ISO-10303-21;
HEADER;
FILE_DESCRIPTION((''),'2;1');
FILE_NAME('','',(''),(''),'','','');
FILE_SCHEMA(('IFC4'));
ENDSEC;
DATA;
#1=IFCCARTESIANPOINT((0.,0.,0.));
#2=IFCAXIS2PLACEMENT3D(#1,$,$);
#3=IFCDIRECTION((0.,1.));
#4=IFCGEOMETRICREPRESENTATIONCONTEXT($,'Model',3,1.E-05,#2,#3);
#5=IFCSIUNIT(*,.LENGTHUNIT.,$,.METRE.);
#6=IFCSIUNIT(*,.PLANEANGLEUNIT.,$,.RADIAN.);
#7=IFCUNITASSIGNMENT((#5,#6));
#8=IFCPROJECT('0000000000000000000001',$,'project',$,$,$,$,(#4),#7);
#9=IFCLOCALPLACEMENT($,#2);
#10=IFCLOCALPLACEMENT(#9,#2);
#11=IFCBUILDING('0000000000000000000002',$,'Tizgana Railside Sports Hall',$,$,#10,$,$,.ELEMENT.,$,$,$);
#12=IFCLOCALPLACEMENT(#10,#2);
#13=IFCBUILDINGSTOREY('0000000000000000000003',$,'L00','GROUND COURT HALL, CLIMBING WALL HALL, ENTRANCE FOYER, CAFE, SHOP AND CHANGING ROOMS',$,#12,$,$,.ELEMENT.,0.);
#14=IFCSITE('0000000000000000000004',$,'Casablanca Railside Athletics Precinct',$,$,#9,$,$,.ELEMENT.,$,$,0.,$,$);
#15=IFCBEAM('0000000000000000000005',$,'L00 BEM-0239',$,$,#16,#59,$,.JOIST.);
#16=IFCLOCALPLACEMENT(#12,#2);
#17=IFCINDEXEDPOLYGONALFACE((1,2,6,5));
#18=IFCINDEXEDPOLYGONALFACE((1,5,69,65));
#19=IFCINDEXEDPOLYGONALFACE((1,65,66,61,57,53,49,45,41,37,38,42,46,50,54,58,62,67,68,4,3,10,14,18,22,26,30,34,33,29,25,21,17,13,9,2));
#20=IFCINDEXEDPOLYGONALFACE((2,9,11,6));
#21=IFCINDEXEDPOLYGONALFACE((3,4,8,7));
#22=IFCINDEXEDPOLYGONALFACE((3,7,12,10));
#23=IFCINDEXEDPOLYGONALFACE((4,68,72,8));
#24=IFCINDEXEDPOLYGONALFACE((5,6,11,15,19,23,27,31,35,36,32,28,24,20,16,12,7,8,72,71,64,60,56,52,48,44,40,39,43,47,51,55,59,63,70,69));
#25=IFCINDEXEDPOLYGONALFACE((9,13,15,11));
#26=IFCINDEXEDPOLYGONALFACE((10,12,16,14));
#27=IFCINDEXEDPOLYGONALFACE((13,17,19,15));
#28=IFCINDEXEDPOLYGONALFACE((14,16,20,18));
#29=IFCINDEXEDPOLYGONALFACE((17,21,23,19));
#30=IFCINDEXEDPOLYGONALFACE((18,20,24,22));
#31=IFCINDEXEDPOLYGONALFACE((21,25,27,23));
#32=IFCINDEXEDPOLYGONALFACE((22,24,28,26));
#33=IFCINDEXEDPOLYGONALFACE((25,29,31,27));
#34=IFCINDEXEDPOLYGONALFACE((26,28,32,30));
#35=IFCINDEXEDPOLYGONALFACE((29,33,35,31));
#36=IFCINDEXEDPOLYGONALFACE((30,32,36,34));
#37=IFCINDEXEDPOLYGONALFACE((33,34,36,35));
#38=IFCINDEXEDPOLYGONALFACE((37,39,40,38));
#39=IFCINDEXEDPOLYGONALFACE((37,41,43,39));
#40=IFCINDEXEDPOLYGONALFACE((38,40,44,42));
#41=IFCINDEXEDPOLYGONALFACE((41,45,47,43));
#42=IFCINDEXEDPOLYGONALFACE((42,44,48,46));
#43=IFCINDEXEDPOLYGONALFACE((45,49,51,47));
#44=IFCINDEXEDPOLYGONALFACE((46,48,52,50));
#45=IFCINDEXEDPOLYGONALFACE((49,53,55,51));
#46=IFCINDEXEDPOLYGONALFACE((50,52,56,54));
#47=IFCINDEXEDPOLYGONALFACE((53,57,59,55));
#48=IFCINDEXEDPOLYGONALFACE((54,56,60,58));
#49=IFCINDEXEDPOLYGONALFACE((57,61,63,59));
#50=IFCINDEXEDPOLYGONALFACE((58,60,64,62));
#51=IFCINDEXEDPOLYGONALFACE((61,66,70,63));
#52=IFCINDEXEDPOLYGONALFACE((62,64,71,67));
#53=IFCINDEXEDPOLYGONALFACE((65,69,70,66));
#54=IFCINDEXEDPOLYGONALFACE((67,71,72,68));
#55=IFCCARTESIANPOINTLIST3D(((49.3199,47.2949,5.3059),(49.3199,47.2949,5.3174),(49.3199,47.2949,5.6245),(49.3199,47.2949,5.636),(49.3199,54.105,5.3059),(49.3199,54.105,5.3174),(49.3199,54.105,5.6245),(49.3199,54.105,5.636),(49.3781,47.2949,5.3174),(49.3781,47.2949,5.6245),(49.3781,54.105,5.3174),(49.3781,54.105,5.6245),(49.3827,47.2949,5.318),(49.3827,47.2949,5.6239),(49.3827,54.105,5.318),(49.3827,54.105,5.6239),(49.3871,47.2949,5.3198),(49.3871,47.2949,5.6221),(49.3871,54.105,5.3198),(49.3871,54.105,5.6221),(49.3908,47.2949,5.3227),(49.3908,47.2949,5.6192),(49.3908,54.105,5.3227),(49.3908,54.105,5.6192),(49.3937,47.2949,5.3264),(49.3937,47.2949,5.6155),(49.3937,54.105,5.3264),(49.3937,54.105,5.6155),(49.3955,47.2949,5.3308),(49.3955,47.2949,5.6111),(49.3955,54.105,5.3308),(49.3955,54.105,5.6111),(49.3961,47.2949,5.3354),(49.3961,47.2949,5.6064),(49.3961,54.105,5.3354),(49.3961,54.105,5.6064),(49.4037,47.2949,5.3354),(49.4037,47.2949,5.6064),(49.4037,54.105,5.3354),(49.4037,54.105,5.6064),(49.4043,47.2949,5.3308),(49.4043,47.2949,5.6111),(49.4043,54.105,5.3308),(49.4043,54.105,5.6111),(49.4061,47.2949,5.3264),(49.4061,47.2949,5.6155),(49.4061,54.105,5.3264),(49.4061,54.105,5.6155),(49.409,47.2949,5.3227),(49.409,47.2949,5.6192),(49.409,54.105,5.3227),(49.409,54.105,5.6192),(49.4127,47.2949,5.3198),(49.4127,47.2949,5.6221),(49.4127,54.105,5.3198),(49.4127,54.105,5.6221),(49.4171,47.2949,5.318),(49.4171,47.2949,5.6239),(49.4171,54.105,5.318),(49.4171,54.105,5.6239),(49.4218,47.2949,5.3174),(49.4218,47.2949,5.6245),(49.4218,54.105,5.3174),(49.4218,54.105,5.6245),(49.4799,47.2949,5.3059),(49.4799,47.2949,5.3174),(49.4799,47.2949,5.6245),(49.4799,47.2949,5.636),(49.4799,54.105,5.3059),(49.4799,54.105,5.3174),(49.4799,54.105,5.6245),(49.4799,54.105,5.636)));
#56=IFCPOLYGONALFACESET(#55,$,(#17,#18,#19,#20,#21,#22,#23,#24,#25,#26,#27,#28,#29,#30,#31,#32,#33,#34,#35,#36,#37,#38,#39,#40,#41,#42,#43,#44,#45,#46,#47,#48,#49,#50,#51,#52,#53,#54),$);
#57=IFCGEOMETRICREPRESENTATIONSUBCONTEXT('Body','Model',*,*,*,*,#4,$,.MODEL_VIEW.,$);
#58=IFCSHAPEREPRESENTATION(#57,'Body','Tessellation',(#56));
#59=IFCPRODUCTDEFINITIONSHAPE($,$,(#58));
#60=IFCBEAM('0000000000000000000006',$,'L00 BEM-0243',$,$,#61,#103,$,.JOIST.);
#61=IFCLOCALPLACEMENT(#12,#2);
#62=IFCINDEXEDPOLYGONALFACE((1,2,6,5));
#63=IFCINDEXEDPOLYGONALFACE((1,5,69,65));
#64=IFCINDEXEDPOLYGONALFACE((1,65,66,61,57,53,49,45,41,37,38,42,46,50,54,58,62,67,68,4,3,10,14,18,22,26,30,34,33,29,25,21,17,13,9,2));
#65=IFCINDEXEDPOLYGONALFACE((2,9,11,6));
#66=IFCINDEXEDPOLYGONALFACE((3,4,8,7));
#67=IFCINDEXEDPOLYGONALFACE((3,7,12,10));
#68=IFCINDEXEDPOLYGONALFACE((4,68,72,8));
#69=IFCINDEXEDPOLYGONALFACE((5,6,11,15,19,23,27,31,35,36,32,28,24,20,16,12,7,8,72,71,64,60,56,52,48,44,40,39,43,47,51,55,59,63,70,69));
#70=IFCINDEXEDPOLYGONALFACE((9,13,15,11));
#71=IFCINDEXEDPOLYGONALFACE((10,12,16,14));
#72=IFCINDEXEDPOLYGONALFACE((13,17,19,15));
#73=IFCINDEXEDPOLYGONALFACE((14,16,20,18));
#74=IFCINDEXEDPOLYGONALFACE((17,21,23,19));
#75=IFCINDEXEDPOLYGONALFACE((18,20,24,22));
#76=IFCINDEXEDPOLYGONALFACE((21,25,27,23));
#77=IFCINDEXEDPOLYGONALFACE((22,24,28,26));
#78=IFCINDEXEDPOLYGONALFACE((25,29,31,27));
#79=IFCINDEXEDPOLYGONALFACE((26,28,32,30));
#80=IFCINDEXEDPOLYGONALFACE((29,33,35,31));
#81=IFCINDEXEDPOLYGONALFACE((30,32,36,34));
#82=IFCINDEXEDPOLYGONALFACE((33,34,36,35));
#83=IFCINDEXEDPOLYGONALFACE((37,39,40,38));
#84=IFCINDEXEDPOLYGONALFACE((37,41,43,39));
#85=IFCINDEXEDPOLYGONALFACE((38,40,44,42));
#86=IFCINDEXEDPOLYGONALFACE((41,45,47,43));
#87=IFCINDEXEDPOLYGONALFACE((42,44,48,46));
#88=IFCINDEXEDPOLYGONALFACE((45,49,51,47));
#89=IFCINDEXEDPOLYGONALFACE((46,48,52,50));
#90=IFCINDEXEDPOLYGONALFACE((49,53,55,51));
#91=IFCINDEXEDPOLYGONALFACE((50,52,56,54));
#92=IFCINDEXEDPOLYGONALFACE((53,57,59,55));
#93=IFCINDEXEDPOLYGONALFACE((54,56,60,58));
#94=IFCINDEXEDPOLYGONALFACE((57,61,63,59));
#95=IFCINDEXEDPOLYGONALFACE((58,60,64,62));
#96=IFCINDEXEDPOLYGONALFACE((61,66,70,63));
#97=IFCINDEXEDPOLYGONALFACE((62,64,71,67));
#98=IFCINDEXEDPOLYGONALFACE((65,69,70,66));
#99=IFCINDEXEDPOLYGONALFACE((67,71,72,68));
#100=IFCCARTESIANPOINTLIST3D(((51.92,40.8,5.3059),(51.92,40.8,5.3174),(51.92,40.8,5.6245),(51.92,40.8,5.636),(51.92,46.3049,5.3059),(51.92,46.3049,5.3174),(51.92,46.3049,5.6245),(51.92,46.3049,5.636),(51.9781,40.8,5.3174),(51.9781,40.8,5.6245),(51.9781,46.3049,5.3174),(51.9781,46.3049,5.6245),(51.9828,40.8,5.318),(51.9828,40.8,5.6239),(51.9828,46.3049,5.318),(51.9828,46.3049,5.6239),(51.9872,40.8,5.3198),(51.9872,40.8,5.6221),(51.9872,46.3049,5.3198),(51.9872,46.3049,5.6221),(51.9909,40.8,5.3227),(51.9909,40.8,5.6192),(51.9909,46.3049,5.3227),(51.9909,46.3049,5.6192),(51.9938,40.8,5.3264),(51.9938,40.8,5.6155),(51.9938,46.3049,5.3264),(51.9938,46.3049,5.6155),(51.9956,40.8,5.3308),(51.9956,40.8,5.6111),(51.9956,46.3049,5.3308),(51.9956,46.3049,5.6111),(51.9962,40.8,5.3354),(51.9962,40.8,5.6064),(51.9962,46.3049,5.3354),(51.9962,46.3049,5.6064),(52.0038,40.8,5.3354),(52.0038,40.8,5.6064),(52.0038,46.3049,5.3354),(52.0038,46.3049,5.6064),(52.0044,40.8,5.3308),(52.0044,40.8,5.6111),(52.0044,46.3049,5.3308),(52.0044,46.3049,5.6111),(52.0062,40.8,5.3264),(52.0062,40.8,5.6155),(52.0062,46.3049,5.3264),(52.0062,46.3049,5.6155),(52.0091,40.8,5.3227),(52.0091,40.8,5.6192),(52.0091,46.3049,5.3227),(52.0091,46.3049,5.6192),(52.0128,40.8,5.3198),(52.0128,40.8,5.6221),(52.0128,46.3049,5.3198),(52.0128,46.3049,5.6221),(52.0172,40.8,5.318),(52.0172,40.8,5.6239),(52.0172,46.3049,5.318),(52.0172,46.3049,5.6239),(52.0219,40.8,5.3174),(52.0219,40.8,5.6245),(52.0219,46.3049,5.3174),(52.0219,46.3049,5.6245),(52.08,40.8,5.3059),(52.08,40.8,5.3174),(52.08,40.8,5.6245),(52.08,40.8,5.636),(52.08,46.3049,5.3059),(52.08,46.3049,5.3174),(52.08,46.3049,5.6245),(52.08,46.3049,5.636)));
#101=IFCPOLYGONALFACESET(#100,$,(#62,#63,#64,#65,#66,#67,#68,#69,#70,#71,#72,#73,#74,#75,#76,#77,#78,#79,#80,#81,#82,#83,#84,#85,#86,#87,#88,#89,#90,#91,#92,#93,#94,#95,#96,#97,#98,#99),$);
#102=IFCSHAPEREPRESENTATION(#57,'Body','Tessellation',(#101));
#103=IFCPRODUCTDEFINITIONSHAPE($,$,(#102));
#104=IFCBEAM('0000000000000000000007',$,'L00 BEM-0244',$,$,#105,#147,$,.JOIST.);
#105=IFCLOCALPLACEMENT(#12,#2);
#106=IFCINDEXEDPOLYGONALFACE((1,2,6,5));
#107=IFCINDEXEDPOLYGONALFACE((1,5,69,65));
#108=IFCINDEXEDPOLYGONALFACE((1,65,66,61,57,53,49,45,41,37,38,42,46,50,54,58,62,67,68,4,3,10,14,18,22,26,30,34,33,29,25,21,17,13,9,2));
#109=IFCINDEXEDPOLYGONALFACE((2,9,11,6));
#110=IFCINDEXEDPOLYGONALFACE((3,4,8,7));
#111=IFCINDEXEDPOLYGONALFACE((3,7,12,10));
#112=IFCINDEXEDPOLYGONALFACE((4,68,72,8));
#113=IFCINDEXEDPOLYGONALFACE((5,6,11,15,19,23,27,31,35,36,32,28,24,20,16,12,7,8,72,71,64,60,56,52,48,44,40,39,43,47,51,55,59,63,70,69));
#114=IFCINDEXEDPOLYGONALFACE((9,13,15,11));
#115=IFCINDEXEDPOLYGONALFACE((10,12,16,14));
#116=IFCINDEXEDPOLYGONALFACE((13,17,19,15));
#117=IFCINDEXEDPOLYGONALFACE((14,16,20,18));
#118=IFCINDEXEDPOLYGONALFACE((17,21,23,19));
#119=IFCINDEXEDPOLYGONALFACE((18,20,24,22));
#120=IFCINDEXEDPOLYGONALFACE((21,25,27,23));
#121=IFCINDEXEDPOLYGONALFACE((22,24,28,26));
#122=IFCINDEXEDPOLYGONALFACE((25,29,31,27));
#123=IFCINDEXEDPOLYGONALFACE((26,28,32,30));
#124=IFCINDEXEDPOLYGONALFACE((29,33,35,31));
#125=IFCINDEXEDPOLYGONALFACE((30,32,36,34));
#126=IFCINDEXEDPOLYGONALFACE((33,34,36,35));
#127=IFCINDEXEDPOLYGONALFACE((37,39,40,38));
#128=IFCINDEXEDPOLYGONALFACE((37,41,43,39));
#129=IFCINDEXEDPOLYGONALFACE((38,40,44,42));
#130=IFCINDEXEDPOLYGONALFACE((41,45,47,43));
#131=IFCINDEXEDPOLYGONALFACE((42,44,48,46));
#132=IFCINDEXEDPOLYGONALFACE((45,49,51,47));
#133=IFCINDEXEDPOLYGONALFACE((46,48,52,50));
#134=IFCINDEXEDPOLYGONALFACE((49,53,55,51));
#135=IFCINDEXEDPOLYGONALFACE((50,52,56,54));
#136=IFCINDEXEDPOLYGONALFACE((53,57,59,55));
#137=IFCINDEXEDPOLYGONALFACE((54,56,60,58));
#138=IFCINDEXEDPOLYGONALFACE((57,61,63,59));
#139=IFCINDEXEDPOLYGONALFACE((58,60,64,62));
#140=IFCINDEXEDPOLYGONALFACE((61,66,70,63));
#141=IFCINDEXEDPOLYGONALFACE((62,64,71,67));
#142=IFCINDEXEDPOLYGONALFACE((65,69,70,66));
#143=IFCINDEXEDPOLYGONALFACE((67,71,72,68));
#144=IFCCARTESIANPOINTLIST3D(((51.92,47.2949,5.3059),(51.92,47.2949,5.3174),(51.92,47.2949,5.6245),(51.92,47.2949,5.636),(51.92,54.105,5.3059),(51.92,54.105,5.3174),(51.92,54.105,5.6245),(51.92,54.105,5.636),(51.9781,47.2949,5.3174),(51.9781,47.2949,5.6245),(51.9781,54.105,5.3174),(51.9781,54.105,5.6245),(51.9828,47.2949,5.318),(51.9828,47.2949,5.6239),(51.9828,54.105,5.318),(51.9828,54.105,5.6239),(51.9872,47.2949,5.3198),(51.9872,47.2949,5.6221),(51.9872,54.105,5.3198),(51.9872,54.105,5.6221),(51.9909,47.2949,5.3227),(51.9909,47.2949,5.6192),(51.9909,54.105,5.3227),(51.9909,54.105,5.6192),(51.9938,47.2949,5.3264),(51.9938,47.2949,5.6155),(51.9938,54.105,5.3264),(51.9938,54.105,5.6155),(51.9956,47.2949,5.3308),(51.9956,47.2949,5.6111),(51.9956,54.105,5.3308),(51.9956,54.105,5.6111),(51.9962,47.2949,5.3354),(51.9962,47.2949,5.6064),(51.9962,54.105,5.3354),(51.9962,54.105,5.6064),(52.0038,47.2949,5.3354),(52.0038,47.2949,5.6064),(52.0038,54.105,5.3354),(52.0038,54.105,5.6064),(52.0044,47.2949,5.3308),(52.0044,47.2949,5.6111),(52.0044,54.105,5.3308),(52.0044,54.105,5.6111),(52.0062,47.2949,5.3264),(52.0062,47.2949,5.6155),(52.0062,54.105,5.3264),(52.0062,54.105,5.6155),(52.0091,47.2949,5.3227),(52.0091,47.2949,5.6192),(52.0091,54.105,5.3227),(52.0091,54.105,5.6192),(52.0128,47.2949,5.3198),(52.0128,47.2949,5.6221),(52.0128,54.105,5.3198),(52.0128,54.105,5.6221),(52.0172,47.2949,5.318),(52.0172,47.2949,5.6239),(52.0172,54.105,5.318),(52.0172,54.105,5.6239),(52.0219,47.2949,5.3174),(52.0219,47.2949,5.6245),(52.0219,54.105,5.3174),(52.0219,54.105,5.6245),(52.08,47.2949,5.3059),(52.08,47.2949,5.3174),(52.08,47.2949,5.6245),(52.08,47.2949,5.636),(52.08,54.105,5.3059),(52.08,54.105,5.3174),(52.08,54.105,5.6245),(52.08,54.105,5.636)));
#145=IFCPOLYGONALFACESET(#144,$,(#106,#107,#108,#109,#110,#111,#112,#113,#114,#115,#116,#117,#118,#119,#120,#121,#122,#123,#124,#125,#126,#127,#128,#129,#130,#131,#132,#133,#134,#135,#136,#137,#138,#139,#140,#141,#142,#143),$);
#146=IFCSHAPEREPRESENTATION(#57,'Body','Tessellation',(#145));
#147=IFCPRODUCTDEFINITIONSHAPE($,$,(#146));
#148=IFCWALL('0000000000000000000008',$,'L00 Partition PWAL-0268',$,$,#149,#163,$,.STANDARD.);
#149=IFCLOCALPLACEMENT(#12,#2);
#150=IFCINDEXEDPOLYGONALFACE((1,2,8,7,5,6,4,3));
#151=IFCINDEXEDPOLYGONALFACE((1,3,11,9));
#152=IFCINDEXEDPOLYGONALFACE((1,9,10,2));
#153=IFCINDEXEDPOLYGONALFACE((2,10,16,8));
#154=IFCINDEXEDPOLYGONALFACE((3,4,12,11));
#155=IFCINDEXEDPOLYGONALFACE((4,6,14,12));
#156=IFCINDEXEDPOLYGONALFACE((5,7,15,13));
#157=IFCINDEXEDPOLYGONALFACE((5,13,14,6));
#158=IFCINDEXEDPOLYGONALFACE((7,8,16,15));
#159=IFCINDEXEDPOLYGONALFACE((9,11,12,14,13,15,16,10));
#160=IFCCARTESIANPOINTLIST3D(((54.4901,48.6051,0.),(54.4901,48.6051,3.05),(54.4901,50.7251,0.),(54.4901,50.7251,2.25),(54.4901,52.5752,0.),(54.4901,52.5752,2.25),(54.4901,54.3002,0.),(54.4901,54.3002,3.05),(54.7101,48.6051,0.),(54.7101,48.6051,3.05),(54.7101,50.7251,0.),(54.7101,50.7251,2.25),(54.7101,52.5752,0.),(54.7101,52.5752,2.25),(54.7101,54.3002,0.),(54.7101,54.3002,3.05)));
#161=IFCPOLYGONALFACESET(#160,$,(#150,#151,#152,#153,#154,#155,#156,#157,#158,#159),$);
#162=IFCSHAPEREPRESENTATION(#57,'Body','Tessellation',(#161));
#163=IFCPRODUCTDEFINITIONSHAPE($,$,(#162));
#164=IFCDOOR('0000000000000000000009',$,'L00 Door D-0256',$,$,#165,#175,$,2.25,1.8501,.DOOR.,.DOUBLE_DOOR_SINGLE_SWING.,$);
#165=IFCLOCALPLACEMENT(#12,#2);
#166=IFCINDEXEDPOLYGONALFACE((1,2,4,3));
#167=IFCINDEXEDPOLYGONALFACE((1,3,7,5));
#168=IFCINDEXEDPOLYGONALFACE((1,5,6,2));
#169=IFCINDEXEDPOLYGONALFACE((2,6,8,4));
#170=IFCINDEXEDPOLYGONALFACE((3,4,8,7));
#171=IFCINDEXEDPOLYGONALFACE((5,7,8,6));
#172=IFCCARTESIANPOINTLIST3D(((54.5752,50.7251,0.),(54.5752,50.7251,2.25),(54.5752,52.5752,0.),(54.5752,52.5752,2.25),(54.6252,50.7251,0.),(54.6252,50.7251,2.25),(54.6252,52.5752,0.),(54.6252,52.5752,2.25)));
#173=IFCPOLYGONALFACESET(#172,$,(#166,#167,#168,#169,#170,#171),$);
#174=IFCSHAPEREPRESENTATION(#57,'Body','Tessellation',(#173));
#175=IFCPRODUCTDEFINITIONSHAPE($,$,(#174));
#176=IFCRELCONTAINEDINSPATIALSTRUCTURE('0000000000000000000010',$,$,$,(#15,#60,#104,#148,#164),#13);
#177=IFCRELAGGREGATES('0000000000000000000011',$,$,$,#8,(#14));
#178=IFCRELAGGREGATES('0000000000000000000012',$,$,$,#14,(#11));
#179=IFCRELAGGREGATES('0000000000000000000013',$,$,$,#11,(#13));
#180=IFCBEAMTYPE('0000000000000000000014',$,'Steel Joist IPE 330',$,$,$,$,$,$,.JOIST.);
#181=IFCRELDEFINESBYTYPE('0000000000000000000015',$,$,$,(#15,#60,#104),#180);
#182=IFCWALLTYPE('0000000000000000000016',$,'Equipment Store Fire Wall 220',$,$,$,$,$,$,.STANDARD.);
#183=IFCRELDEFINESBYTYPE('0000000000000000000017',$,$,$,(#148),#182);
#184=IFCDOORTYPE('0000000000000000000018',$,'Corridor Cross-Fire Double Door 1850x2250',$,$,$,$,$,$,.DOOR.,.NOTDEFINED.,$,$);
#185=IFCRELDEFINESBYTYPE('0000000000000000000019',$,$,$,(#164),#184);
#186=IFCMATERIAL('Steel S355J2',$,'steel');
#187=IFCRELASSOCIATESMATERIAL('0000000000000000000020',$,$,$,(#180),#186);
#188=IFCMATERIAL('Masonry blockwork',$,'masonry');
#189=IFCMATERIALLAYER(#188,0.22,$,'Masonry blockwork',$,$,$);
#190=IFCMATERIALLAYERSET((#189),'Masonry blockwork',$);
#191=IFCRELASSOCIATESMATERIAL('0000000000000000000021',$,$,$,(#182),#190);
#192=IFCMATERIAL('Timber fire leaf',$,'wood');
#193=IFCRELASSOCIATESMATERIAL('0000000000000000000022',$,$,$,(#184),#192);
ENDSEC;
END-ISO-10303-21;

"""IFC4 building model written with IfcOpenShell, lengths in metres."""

from ifc_helpers import new_model, si_unit, direction, frame, frame_2d, origin, origin_2d, place, context, subcontext, project, spatial, rectangle, i_section, extrude, material, layer, layer_set, material_profile, profile_set, type_object, element, fill, save


model = new_model("IFC4")

# Units and contexts
model_context = context("Model", 3, precision=1e-05, world=origin(), true_north=direction((0.0, 1.0)))
body_context = subcontext(model_context, "Body", "Model", "MODEL_VIEW")
ifc_project = project(units=[si_unit("LENGTHUNIT", "METRE"), si_unit("PLANEANGLEUNIT", "RADIAN")], contexts=[model_context])

# Site, building, storey
site_placement = place(None, origin())
site = spatial("IfcSite", under=ifc_project, at=site_placement, Name="Casablanca Railside Athletics Precinct", CompositionType="ELEMENT", RefElevation=0.0)
building_placement = place(site_placement, origin())
building = spatial("IfcBuilding", under=site, at=building_placement, Name="Tizgana Railside Sports Hall", CompositionType="ELEMENT")
storey_placement = place(building_placement, origin())
storey = spatial("IfcBuildingStorey", under=building, at=storey_placement, Name="L00", Description="GROUND COURT HALL, CLIMBING WALL HALL, ENTRANCE FOYER, CAFE, SHOP AND CHANGING ROOMS", CompositionType="ELEMENT", Elevation=0.0)

# Shared definitions
ifc_material_1 = material(Name="Steel S355J2", Category="steel")

# Beams
ifc_material_profile_1 = material_profile(ifc_material_1, i_section(OverallWidth=0.1599, OverallDepth=0.3301, WebThickness=0.0076, FlangeThickness=0.0115, FilletRadius=0.0181, at=origin_2d()), Name="IPE 330")
ifc_profile_set_1 = profile_set([ifc_material_profile_1], Name="Steel S355J2")
beam_type_1 = type_object("IfcBeamType", Name="Steel Joist IPE 330", PredefinedType="JOIST", material=ifc_profile_set_1)
beam_1_placement = place(storey_placement, frame((49.3999, 47.2949, 5.4709), z_axis=(0.0, 1.0, 0.0), x_axis=(-1.0, 0.0, 0.0)))
element("IfcBeam", 1, at=beam_1_placement, inside=storey, type_object=beam_type_1, Name="L00 BEM-0239", PredefinedType="JOIST", context=body_context, shape_type="SweptSolid", body=[
    extrude(i_section(OverallWidth=0.1599, OverallDepth=0.3301, WebThickness=0.0076, FlangeThickness=0.0115, FilletRadius=0.0181, at=origin_2d()), origin(), (0.0, 0.0, 1.0), 6.8101),
])
beam_2_placement = place(storey_placement, frame((52.0, 40.8, 5.4709), z_axis=(0.0, 1.0, 0.0), x_axis=(-1.0, 0.0, 0.0)))
element("IfcBeam", 2, at=beam_2_placement, inside=storey, type_object=beam_type_1, Name="L00 BEM-0243", PredefinedType="JOIST", context=body_context, shape_type="SweptSolid", body=[
    extrude(i_section(OverallWidth=0.1599, OverallDepth=0.3301, WebThickness=0.0076, FlangeThickness=0.0115, FilletRadius=0.0181, at=origin_2d()), origin(), (0.0, 0.0, 1.0), 5.5049),
])
beam_3_placement = place(storey_placement, frame((52.0, 47.2949, 5.4709), z_axis=(0.0, 1.0, 0.0), x_axis=(-1.0, 0.0, 0.0)))
element("IfcBeam", 3, at=beam_3_placement, inside=storey, type_object=beam_type_1, Name="L00 BEM-0244", PredefinedType="JOIST", context=body_context, shape_type="SweptSolid", body=[
    extrude(i_section(OverallWidth=0.1599, OverallDepth=0.3301, WebThickness=0.0076, FlangeThickness=0.0115, FilletRadius=0.0181, at=origin_2d()), origin(), (0.0, 0.0, 1.0), 6.8101),
])

# Wall, opening, door
ifc_material_2 = material(Name="Masonry blockwork", Category="masonry")
ifc_layer_1 = layer(ifc_material_2, 0.22, Name="Masonry blockwork")
ifc_layer_set_1 = layer_set([ifc_layer_1], Name="Masonry blockwork")
wall_type_1 = type_object("IfcWallType", Name="Equipment Store Fire Wall 220", PredefinedType="STANDARD", material=ifc_layer_set_1)
wall_1_placement = place(storey_placement, frame((54.6001, 48.605, 0.0), z_axis=(0.0, 0.0, 1.0), x_axis=(0.0, 1.0, 0.0)))
wall_1 = element("IfcWall", 4, at=wall_1_placement, inside=storey, type_object=wall_type_1, Name="L00 Partition PWAL-0268", PredefinedType="STANDARD", context=body_context, shape_type="SweptSolid", body=[
    extrude(rectangle(XDim=5.6951, YDim=0.22, at=frame_2d((2.8477, 0.0))), origin(), (0.0, 0.0, 1.0), 3.05),
])
opening_1_placement = place(wall_1_placement, frame((2.1201, 0.0, 0.0)))
opening_1 = element("IfcOpeningElement", 5, at=opening_1_placement, cuts=wall_1, PredefinedType="OPENING", context=body_context, shape_type="SweptSolid", body=[
    extrude(rectangle(XDim=1.8501, YDim=2.25, at=frame_2d((0.925, 1.125))), frame((0.0, 0.1199, 0.0), z_axis=(0.0, -1.0, 0.0), x_axis=(1.0, 0.0, 0.0)), (0.0, 0.0, 1.0), 0.24),
])
ifc_material_3 = material(Name="Timber fire leaf", Category="wood")
door_type_1 = type_object("IfcDoorType", Name="Corridor Cross-Fire Double Door 1850x2250", OperationType="NOTDEFINED", PredefinedType="DOOR", material=ifc_material_3)
door_1_placement = place(opening_1_placement, origin())
door_1 = element("IfcDoor", 6, at=door_1_placement, inside=storey, type_object=door_type_1, Name="L00 Door D-0256", OperationType="DOUBLE_DOOR_SINGLE_SWING", OverallHeight=2.25, OverallWidth=1.8501, PredefinedType="DOOR", context=body_context, shape_type="SweptSolid", body=[
    extrude(rectangle(XDim=1.8501, YDim=2.25, at=frame_2d((0.925, 1.125))), frame((0.0, 0.0249, 0.0), z_axis=(0.0, -1.0, 0.0), x_axis=(1.0, 0.0, 0.0)), (0.0, 0.0, 1.0), 0.05),
])
fill(opening_1, door_1)

save(model, "model.ifc")
